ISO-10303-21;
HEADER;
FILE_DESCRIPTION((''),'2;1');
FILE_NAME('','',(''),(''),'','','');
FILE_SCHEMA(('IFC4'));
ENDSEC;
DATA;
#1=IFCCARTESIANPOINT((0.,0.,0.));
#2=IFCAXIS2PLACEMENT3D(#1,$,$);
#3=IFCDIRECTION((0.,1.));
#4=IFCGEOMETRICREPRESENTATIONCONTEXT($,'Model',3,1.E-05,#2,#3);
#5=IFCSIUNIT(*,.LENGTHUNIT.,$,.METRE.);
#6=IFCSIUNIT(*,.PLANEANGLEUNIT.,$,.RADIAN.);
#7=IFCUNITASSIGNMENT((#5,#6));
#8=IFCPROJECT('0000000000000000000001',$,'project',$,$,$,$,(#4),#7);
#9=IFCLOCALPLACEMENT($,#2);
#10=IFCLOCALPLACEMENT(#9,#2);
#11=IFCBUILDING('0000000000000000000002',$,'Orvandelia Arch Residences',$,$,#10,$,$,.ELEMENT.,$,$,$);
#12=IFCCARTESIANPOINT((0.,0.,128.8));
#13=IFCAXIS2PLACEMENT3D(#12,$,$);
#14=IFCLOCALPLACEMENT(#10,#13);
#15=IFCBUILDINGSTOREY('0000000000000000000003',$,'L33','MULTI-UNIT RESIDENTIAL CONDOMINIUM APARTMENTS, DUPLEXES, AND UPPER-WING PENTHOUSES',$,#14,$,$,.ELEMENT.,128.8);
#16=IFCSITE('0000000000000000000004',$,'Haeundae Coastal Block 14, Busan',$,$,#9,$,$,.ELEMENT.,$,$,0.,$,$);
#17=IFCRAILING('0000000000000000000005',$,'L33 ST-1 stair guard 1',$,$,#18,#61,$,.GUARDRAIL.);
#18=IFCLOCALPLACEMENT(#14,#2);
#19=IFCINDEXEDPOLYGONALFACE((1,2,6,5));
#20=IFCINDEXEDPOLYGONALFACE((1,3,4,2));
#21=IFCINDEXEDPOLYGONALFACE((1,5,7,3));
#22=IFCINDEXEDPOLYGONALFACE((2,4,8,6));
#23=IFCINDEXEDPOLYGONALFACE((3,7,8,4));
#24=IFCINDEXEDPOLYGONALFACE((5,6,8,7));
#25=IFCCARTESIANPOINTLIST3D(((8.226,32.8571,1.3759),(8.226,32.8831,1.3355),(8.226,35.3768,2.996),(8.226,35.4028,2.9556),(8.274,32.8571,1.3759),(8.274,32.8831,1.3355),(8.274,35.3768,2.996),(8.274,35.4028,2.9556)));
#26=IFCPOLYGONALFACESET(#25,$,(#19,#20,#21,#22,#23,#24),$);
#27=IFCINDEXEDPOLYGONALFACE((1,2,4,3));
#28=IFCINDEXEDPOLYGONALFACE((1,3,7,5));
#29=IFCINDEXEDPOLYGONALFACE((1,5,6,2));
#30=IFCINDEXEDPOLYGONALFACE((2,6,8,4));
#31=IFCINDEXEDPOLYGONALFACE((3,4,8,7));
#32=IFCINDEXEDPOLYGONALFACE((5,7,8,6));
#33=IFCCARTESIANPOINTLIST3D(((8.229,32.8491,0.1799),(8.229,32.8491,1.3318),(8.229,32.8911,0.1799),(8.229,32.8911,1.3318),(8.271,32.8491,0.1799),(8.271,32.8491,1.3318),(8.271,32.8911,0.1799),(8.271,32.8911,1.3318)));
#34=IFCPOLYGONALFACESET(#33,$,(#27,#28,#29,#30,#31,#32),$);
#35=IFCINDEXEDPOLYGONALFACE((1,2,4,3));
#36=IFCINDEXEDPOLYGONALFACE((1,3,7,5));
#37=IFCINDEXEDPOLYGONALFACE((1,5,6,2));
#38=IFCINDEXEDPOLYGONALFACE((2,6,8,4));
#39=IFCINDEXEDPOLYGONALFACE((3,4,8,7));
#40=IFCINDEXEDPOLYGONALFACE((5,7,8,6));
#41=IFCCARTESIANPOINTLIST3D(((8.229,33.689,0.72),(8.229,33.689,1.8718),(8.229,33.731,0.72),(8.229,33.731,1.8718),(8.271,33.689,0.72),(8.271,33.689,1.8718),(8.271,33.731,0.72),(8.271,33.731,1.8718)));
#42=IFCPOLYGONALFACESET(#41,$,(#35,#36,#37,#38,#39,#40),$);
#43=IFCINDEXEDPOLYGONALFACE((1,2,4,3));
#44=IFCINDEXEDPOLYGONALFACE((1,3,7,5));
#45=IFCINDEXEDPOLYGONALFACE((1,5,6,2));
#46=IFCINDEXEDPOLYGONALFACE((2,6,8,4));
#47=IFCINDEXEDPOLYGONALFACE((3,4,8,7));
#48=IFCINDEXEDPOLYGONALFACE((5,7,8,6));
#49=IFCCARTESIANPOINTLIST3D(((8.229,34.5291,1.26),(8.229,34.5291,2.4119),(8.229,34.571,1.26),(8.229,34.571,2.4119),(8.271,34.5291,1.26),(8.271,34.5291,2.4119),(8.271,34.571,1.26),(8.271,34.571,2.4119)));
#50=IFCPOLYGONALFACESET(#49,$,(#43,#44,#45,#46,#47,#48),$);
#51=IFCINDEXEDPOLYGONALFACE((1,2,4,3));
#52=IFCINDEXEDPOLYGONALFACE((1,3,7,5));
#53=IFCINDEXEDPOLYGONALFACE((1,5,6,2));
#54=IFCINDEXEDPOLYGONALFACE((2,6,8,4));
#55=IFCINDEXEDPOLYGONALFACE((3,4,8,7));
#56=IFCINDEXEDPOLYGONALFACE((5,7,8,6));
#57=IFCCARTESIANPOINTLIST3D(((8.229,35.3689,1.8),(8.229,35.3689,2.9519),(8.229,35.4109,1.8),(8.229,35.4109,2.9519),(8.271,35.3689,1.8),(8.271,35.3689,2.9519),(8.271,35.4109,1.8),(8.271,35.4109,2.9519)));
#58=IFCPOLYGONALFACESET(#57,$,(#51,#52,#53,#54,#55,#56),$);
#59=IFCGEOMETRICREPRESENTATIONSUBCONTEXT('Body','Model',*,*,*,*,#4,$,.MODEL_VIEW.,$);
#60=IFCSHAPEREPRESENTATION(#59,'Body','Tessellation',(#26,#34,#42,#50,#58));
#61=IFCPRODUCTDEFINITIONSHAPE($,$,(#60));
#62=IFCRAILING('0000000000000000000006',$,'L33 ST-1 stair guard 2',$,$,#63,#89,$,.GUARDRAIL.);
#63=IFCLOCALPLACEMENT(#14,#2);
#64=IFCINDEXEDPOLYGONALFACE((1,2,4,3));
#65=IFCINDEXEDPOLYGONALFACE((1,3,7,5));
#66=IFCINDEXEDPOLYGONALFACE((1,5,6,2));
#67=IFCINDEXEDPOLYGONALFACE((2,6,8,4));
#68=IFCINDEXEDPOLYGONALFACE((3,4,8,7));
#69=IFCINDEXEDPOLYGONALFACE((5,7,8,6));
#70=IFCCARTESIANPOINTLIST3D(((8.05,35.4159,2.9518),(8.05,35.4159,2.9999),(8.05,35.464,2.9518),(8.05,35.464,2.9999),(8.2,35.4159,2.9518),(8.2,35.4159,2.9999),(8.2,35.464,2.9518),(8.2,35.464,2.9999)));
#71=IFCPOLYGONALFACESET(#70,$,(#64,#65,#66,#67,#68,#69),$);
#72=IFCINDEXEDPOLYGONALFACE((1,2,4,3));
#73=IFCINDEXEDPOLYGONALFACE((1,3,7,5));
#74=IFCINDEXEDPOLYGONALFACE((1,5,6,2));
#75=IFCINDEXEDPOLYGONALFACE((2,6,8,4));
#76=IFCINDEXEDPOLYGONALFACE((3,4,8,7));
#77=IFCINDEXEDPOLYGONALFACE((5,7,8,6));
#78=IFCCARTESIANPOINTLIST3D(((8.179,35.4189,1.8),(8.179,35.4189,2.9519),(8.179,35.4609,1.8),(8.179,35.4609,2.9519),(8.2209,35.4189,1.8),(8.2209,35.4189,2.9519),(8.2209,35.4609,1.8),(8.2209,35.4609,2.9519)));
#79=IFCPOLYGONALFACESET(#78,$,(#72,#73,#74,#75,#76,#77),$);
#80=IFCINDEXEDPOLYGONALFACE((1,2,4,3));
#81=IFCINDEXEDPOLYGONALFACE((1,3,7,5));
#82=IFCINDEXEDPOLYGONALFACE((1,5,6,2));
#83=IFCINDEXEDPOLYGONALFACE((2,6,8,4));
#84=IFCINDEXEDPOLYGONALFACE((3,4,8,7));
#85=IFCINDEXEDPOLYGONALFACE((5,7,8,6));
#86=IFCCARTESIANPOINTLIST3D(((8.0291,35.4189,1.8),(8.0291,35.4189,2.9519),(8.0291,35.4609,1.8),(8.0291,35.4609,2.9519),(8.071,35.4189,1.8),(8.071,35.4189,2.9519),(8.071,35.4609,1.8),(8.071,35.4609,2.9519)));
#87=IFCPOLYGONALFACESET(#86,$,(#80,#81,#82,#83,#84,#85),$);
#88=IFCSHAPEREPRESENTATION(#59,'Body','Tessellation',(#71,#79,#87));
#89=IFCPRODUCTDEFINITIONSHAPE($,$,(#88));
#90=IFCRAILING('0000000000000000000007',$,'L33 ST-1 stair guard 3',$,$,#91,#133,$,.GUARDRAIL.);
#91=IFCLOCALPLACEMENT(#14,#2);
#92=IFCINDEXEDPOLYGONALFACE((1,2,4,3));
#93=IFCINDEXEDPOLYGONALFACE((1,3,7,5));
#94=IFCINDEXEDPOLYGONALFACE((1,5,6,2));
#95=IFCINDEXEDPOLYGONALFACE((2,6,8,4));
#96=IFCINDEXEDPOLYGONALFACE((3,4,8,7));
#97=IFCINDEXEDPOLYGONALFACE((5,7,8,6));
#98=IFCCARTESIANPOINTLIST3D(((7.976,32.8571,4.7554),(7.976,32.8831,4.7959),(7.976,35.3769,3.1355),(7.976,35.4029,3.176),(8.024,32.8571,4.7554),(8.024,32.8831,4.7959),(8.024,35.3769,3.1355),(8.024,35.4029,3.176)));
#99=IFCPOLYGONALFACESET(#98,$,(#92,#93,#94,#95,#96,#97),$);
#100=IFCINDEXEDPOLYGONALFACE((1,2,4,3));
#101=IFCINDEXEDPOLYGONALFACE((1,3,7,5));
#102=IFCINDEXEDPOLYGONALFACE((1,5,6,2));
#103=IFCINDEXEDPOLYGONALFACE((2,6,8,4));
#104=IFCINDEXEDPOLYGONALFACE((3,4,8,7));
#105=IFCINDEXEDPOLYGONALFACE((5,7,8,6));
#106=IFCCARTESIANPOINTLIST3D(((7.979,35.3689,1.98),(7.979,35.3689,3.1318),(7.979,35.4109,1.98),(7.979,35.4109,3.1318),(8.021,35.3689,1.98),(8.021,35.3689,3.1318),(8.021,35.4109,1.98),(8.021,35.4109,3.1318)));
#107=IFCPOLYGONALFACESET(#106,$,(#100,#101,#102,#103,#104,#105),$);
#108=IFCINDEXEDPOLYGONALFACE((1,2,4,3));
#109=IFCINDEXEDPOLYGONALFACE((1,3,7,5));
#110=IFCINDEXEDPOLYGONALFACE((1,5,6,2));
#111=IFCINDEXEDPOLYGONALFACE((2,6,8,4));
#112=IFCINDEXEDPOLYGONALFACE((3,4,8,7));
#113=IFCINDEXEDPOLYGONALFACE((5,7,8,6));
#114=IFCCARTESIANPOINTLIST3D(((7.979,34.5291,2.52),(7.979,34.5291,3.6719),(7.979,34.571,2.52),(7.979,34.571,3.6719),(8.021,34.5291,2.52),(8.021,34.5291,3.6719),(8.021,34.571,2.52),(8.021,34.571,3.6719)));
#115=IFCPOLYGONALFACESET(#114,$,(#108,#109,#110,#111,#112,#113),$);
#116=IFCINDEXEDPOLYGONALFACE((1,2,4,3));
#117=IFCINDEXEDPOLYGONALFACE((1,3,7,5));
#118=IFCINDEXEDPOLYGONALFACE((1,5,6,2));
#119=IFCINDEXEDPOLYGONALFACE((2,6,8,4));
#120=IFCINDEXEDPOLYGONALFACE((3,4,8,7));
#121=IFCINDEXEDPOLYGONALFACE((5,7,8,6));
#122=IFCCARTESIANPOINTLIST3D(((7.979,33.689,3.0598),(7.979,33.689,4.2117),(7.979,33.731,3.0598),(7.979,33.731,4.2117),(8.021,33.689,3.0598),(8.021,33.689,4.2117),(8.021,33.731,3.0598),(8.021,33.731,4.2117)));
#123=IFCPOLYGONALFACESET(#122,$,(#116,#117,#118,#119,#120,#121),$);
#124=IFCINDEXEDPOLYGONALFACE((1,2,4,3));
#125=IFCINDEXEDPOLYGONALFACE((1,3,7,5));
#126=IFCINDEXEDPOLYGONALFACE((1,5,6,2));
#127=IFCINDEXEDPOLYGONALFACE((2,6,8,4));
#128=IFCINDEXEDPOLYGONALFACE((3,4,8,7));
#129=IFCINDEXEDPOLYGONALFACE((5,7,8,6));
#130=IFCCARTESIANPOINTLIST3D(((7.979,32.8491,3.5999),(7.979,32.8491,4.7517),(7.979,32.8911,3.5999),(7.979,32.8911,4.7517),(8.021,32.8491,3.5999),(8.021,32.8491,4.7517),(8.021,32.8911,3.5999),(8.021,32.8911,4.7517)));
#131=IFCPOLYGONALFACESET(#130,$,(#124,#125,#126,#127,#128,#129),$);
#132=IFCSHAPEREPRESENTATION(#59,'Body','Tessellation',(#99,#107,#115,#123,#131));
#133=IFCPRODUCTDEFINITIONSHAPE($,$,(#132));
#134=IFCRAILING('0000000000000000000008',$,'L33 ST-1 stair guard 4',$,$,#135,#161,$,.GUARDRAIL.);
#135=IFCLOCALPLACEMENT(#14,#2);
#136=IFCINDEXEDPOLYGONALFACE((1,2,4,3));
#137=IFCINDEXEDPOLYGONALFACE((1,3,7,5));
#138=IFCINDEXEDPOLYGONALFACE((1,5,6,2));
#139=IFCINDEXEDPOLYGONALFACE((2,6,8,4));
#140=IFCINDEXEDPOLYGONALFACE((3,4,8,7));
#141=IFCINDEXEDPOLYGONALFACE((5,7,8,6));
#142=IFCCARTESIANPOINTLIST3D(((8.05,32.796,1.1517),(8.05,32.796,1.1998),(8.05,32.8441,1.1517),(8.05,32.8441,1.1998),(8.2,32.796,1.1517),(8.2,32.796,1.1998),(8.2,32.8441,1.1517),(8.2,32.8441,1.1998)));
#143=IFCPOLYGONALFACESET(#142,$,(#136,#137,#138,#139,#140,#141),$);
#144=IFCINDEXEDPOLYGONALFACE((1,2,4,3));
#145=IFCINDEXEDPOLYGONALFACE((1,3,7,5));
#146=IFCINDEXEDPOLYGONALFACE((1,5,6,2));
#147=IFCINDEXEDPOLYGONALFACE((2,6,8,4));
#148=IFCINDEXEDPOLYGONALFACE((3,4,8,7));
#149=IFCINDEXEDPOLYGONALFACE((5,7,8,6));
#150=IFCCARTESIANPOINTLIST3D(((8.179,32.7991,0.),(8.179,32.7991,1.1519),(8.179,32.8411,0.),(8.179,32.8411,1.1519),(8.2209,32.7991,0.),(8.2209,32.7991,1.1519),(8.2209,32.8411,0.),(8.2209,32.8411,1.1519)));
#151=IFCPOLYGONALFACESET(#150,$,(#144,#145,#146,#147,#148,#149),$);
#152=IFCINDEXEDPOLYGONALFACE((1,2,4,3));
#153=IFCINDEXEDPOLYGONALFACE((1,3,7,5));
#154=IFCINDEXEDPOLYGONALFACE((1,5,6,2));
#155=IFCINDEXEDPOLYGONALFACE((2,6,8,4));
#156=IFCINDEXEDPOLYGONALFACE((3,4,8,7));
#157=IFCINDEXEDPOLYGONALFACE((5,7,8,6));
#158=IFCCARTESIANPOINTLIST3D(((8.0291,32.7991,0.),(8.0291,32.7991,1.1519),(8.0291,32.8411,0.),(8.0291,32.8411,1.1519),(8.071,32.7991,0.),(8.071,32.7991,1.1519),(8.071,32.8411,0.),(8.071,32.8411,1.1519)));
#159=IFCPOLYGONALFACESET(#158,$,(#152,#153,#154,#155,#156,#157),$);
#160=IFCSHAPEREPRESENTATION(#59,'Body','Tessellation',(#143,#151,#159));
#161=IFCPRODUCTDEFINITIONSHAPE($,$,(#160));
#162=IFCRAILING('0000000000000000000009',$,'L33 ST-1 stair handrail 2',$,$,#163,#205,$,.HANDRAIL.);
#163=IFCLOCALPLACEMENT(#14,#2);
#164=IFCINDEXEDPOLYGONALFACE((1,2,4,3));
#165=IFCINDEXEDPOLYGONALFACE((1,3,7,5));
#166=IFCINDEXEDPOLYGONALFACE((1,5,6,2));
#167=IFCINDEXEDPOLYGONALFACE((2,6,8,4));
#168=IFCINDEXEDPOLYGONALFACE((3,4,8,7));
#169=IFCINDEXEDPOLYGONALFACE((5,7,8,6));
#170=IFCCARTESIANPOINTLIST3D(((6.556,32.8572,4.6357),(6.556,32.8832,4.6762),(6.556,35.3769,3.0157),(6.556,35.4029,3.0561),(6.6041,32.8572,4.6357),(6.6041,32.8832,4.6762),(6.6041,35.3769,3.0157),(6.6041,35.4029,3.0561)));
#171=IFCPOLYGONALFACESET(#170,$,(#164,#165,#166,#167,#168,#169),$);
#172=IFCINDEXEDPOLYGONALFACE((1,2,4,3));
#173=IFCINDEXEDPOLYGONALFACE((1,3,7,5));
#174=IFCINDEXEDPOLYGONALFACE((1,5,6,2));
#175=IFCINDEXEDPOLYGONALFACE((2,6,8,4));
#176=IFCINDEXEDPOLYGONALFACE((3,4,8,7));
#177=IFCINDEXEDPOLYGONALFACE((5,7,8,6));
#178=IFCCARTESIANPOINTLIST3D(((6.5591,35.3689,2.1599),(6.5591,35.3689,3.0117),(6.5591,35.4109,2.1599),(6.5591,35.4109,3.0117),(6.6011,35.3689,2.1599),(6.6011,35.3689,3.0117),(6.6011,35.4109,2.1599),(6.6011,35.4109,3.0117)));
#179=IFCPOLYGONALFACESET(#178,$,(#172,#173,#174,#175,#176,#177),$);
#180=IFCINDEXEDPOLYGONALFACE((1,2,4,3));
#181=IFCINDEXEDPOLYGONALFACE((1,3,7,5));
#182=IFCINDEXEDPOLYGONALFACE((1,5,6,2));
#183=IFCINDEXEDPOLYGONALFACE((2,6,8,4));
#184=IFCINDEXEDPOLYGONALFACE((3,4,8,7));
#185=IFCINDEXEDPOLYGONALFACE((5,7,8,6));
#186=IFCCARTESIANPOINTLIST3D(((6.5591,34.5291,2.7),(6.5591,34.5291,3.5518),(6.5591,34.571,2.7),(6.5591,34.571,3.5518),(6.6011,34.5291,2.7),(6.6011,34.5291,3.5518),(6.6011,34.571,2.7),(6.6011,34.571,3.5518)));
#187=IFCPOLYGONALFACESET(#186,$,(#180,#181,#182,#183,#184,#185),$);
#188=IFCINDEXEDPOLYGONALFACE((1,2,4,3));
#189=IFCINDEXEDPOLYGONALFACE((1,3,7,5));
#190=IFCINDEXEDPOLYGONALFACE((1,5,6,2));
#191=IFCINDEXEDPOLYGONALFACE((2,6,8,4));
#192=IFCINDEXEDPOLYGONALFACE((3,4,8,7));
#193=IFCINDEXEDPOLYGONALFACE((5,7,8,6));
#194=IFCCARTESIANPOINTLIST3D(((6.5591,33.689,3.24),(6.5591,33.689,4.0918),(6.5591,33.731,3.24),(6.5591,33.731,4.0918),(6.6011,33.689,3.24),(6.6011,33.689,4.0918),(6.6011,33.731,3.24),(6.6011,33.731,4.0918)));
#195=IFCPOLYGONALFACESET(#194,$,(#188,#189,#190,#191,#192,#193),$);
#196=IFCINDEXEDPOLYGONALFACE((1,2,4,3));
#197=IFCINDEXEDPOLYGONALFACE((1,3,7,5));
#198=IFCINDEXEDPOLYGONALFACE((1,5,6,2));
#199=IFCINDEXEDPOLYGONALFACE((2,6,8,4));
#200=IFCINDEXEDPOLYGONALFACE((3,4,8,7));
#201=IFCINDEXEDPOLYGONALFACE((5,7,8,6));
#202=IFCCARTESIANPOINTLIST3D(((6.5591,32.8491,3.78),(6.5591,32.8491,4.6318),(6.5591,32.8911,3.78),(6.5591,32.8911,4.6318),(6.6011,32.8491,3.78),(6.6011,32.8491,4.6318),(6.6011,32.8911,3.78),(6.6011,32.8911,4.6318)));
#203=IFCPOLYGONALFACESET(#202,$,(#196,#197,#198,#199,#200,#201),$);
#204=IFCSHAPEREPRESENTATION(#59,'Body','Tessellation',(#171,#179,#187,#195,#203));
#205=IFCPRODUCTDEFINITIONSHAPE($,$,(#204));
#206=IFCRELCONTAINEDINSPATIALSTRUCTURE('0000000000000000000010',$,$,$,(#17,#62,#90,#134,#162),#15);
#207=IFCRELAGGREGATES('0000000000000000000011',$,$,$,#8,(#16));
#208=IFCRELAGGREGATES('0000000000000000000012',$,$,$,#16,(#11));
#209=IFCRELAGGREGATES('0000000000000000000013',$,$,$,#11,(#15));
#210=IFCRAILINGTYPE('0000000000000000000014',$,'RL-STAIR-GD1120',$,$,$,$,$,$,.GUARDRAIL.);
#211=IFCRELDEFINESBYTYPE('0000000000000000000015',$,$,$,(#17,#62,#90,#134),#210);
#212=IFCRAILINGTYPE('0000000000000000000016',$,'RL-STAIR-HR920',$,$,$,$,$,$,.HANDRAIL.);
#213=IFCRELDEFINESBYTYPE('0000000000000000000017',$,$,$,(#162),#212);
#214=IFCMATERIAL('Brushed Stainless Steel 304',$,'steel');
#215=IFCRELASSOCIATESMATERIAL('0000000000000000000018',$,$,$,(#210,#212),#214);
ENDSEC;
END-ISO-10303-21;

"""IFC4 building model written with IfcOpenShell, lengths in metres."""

from ifc_helpers import new_model, si_unit, direction, frame, origin, origin_2d, place, context, subcontext, project, spatial, rectangle, extrude, material, type_object, element, save


model = new_model("IFC4")

# Units and contexts
model_context = context("Model", 3, precision=1e-05, world=origin(), true_north=direction((0.0, 1.0)))
body_context = subcontext(model_context, "Body", "Model", "MODEL_VIEW")
ifc_project = project(units=[si_unit("LENGTHUNIT", "METRE"), si_unit("PLANEANGLEUNIT", "RADIAN")], contexts=[model_context])

# Site, building, storey
site_placement = place(None, origin())
site = spatial("IfcSite", under=ifc_project, at=site_placement, Name="Haeundae Coastal Block 14, Busan", CompositionType="ELEMENT", RefElevation=0.0)
building_placement = place(site_placement, origin())
building = spatial("IfcBuilding", under=site, at=building_placement, Name="Orvandelia Arch Residences", CompositionType="ELEMENT")
storey_placement = place(building_placement, frame((0.0, 0.0, 128.8)))
storey = spatial("IfcBuildingStorey", under=building, at=storey_placement, Name="L33", Description="MULTI-UNIT RESIDENTIAL CONDOMINIUM APARTMENTS, DUPLEXES, AND UPPER-WING PENTHOUSES", CompositionType="ELEMENT", Elevation=128.8)

# Railings
ifc_material_1 = material(Name="Brushed Stainless Steel 304", Category="steel")
railing_type_1 = type_object("IfcRailingType", Name="RL-STAIR-GD1120", PredefinedType="GUARDRAIL", material=ifc_material_1)
railing_1_placement = place(storey_placement, frame((8.25, 32.8701, 0.1799)))
element("IfcRailing", 1, at=railing_1_placement, inside=storey, type_object=railing_type_1, Name="L33 ST-1 stair guard 1", PredefinedType="GUARDRAIL", context=body_context, shape_type="SweptSolid", body=[
    extrude(rectangle(XDim=0.0481, YDim=0.0481, at=origin_2d()), frame((0.0, 0.0, 1.1758), z_axis=(0.0, 0.841139, 0.540819), x_axis=(-1.0, 0.0, 0.0)), (0.0, 0.0, 1.0), 2.9956),
    extrude(rectangle(XDim=0.042, YDim=0.042, at=origin_2d()), origin(), (0.0, 0.0, 1.0), 1.1519),
    extrude(rectangle(XDim=0.042, YDim=0.042, at=origin_2d()), frame((0.0, 0.8398, 0.54)), (0.0, 0.0, 1.0), 1.1519),
    extrude(rectangle(XDim=0.042, YDim=0.042, at=origin_2d()), frame((0.0, 1.6799, 1.0801)), (0.0, 0.0, 1.0), 1.1519),
    extrude(rectangle(XDim=0.042, YDim=0.042, at=origin_2d()), frame((0.0, 2.5198, 1.6201)), (0.0, 0.0, 1.0), 1.1519),
])
railing_2_placement = place(storey_placement, frame((8.2, 35.4399, 1.8)))
element("IfcRailing", 2, at=railing_2_placement, inside=storey, type_object=railing_type_1, Name="L33 ST-1 stair guard 2", PredefinedType="GUARDRAIL", context=body_context, shape_type="SweptSolid", body=[
    extrude(rectangle(XDim=0.0481, YDim=0.0481, at=origin_2d()), frame((0.0, 0.0, 1.1758), z_axis=(-1.0, 0.0, 0.0), x_axis=(0.0, -1.0, 0.0)), (0.0, 0.0, 1.0), 0.1499),
    extrude(rectangle(XDim=0.042, YDim=0.042, at=origin_2d()), origin(), (0.0, 0.0, 1.0), 1.1519),
    extrude(rectangle(XDim=0.042, YDim=0.042, at=origin_2d()), frame((-0.1499, 0.0, 0.0)), (0.0, 0.0, 1.0), 1.1519),
])
railing_3_placement = place(storey_placement, frame((8.0, 35.3899, 1.98)))
element("IfcRailing", 3, at=railing_3_placement, inside=storey, type_object=railing_type_1, Name="L33 ST-1 stair guard 3", PredefinedType="GUARDRAIL", context=body_context, shape_type="SweptSolid", body=[
    extrude(rectangle(XDim=0.0481, YDim=0.0481, at=origin_2d()), frame((0.0, 0.0, 1.1758), z_axis=(0.0, -0.841176, 0.540762), x_axis=(1.0, 0.0, 0.0)), (0.0, 0.0, 1.0), 2.9956),
    extrude(rectangle(XDim=0.042, YDim=0.042, at=origin_2d()), origin(), (0.0, 0.0, 1.0), 1.1519),
    extrude(rectangle(XDim=0.042, YDim=0.042, at=origin_2d()), frame((0.0, -0.8398, 0.54)), (0.0, 0.0, 1.0), 1.1519),
    extrude(rectangle(XDim=0.042, YDim=0.042, at=origin_2d()), frame((0.0, -1.6799, 1.0798)), (0.0, 0.0, 1.0), 1.1519),
    extrude(rectangle(XDim=0.042, YDim=0.042, at=origin_2d()), frame((0.0, -2.5198, 1.6199)), (0.0, 0.0, 1.0), 1.1519),
])
railing_4_placement = place(storey_placement, frame((8.2, 32.8201, 0.0)))
element("IfcRailing", 4, at=railing_4_placement, inside=storey, type_object=railing_type_1, Name="L33 ST-1 stair guard 4", PredefinedType="GUARDRAIL", context=body_context, shape_type="SweptSolid", body=[
    extrude(rectangle(XDim=0.0481, YDim=0.0481, at=origin_2d()), frame((0.0, 0.0, 1.1758), z_axis=(-1.0, 0.0, 0.0), x_axis=(0.0, -1.0, 0.0)), (0.0, 0.0, 1.0), 0.1499),
    extrude(rectangle(XDim=0.042, YDim=0.042, at=origin_2d()), origin(), (0.0, 0.0, 1.0), 1.1519),
    extrude(rectangle(XDim=0.042, YDim=0.042, at=origin_2d()), frame((-0.1499, 0.0, 0.0)), (0.0, 0.0, 1.0), 1.1519),
])
railing_type_2 = type_object("IfcRailingType", Name="RL-STAIR-HR920", PredefinedType="HANDRAIL", material=ifc_material_1)
railing_5_placement = place(storey_placement, frame((6.5801, 35.3899, 2.1599)))
element("IfcRailing", 5, at=railing_5_placement, inside=storey, type_object=railing_type_2, Name="L33 ST-1 stair handrail 2", PredefinedType="HANDRAIL", context=body_context, shape_type="SweptSolid", body=[
    extrude(rectangle(XDim=0.0481, YDim=0.0481, at=origin_2d()), frame((0.0, 0.0, 0.876), z_axis=(0.0, -0.841139, 0.540819), x_axis=(1.0, 0.0, 0.0)), (0.0, 0.0, 1.0), 2.9956),
    extrude(rectangle(XDim=0.042, YDim=0.042, at=origin_2d()), origin(), (0.0, 0.0, 1.0), 0.8518),
    extrude(rectangle(XDim=0.042, YDim=0.042, at=origin_2d()), frame((0.0, -0.8398, 0.54)), (0.0, 0.0, 1.0), 0.8518),
    extrude(rectangle(XDim=0.042, YDim=0.042, at=origin_2d()), frame((0.0, -1.6799, 1.0801)), (0.0, 0.0, 1.0), 0.8518),
    extrude(rectangle(XDim=0.042, YDim=0.042, at=origin_2d()), frame((0.0, -2.5198, 1.6201)), (0.0, 0.0, 1.0), 0.8518),
])

save(model, "model.ifc")
